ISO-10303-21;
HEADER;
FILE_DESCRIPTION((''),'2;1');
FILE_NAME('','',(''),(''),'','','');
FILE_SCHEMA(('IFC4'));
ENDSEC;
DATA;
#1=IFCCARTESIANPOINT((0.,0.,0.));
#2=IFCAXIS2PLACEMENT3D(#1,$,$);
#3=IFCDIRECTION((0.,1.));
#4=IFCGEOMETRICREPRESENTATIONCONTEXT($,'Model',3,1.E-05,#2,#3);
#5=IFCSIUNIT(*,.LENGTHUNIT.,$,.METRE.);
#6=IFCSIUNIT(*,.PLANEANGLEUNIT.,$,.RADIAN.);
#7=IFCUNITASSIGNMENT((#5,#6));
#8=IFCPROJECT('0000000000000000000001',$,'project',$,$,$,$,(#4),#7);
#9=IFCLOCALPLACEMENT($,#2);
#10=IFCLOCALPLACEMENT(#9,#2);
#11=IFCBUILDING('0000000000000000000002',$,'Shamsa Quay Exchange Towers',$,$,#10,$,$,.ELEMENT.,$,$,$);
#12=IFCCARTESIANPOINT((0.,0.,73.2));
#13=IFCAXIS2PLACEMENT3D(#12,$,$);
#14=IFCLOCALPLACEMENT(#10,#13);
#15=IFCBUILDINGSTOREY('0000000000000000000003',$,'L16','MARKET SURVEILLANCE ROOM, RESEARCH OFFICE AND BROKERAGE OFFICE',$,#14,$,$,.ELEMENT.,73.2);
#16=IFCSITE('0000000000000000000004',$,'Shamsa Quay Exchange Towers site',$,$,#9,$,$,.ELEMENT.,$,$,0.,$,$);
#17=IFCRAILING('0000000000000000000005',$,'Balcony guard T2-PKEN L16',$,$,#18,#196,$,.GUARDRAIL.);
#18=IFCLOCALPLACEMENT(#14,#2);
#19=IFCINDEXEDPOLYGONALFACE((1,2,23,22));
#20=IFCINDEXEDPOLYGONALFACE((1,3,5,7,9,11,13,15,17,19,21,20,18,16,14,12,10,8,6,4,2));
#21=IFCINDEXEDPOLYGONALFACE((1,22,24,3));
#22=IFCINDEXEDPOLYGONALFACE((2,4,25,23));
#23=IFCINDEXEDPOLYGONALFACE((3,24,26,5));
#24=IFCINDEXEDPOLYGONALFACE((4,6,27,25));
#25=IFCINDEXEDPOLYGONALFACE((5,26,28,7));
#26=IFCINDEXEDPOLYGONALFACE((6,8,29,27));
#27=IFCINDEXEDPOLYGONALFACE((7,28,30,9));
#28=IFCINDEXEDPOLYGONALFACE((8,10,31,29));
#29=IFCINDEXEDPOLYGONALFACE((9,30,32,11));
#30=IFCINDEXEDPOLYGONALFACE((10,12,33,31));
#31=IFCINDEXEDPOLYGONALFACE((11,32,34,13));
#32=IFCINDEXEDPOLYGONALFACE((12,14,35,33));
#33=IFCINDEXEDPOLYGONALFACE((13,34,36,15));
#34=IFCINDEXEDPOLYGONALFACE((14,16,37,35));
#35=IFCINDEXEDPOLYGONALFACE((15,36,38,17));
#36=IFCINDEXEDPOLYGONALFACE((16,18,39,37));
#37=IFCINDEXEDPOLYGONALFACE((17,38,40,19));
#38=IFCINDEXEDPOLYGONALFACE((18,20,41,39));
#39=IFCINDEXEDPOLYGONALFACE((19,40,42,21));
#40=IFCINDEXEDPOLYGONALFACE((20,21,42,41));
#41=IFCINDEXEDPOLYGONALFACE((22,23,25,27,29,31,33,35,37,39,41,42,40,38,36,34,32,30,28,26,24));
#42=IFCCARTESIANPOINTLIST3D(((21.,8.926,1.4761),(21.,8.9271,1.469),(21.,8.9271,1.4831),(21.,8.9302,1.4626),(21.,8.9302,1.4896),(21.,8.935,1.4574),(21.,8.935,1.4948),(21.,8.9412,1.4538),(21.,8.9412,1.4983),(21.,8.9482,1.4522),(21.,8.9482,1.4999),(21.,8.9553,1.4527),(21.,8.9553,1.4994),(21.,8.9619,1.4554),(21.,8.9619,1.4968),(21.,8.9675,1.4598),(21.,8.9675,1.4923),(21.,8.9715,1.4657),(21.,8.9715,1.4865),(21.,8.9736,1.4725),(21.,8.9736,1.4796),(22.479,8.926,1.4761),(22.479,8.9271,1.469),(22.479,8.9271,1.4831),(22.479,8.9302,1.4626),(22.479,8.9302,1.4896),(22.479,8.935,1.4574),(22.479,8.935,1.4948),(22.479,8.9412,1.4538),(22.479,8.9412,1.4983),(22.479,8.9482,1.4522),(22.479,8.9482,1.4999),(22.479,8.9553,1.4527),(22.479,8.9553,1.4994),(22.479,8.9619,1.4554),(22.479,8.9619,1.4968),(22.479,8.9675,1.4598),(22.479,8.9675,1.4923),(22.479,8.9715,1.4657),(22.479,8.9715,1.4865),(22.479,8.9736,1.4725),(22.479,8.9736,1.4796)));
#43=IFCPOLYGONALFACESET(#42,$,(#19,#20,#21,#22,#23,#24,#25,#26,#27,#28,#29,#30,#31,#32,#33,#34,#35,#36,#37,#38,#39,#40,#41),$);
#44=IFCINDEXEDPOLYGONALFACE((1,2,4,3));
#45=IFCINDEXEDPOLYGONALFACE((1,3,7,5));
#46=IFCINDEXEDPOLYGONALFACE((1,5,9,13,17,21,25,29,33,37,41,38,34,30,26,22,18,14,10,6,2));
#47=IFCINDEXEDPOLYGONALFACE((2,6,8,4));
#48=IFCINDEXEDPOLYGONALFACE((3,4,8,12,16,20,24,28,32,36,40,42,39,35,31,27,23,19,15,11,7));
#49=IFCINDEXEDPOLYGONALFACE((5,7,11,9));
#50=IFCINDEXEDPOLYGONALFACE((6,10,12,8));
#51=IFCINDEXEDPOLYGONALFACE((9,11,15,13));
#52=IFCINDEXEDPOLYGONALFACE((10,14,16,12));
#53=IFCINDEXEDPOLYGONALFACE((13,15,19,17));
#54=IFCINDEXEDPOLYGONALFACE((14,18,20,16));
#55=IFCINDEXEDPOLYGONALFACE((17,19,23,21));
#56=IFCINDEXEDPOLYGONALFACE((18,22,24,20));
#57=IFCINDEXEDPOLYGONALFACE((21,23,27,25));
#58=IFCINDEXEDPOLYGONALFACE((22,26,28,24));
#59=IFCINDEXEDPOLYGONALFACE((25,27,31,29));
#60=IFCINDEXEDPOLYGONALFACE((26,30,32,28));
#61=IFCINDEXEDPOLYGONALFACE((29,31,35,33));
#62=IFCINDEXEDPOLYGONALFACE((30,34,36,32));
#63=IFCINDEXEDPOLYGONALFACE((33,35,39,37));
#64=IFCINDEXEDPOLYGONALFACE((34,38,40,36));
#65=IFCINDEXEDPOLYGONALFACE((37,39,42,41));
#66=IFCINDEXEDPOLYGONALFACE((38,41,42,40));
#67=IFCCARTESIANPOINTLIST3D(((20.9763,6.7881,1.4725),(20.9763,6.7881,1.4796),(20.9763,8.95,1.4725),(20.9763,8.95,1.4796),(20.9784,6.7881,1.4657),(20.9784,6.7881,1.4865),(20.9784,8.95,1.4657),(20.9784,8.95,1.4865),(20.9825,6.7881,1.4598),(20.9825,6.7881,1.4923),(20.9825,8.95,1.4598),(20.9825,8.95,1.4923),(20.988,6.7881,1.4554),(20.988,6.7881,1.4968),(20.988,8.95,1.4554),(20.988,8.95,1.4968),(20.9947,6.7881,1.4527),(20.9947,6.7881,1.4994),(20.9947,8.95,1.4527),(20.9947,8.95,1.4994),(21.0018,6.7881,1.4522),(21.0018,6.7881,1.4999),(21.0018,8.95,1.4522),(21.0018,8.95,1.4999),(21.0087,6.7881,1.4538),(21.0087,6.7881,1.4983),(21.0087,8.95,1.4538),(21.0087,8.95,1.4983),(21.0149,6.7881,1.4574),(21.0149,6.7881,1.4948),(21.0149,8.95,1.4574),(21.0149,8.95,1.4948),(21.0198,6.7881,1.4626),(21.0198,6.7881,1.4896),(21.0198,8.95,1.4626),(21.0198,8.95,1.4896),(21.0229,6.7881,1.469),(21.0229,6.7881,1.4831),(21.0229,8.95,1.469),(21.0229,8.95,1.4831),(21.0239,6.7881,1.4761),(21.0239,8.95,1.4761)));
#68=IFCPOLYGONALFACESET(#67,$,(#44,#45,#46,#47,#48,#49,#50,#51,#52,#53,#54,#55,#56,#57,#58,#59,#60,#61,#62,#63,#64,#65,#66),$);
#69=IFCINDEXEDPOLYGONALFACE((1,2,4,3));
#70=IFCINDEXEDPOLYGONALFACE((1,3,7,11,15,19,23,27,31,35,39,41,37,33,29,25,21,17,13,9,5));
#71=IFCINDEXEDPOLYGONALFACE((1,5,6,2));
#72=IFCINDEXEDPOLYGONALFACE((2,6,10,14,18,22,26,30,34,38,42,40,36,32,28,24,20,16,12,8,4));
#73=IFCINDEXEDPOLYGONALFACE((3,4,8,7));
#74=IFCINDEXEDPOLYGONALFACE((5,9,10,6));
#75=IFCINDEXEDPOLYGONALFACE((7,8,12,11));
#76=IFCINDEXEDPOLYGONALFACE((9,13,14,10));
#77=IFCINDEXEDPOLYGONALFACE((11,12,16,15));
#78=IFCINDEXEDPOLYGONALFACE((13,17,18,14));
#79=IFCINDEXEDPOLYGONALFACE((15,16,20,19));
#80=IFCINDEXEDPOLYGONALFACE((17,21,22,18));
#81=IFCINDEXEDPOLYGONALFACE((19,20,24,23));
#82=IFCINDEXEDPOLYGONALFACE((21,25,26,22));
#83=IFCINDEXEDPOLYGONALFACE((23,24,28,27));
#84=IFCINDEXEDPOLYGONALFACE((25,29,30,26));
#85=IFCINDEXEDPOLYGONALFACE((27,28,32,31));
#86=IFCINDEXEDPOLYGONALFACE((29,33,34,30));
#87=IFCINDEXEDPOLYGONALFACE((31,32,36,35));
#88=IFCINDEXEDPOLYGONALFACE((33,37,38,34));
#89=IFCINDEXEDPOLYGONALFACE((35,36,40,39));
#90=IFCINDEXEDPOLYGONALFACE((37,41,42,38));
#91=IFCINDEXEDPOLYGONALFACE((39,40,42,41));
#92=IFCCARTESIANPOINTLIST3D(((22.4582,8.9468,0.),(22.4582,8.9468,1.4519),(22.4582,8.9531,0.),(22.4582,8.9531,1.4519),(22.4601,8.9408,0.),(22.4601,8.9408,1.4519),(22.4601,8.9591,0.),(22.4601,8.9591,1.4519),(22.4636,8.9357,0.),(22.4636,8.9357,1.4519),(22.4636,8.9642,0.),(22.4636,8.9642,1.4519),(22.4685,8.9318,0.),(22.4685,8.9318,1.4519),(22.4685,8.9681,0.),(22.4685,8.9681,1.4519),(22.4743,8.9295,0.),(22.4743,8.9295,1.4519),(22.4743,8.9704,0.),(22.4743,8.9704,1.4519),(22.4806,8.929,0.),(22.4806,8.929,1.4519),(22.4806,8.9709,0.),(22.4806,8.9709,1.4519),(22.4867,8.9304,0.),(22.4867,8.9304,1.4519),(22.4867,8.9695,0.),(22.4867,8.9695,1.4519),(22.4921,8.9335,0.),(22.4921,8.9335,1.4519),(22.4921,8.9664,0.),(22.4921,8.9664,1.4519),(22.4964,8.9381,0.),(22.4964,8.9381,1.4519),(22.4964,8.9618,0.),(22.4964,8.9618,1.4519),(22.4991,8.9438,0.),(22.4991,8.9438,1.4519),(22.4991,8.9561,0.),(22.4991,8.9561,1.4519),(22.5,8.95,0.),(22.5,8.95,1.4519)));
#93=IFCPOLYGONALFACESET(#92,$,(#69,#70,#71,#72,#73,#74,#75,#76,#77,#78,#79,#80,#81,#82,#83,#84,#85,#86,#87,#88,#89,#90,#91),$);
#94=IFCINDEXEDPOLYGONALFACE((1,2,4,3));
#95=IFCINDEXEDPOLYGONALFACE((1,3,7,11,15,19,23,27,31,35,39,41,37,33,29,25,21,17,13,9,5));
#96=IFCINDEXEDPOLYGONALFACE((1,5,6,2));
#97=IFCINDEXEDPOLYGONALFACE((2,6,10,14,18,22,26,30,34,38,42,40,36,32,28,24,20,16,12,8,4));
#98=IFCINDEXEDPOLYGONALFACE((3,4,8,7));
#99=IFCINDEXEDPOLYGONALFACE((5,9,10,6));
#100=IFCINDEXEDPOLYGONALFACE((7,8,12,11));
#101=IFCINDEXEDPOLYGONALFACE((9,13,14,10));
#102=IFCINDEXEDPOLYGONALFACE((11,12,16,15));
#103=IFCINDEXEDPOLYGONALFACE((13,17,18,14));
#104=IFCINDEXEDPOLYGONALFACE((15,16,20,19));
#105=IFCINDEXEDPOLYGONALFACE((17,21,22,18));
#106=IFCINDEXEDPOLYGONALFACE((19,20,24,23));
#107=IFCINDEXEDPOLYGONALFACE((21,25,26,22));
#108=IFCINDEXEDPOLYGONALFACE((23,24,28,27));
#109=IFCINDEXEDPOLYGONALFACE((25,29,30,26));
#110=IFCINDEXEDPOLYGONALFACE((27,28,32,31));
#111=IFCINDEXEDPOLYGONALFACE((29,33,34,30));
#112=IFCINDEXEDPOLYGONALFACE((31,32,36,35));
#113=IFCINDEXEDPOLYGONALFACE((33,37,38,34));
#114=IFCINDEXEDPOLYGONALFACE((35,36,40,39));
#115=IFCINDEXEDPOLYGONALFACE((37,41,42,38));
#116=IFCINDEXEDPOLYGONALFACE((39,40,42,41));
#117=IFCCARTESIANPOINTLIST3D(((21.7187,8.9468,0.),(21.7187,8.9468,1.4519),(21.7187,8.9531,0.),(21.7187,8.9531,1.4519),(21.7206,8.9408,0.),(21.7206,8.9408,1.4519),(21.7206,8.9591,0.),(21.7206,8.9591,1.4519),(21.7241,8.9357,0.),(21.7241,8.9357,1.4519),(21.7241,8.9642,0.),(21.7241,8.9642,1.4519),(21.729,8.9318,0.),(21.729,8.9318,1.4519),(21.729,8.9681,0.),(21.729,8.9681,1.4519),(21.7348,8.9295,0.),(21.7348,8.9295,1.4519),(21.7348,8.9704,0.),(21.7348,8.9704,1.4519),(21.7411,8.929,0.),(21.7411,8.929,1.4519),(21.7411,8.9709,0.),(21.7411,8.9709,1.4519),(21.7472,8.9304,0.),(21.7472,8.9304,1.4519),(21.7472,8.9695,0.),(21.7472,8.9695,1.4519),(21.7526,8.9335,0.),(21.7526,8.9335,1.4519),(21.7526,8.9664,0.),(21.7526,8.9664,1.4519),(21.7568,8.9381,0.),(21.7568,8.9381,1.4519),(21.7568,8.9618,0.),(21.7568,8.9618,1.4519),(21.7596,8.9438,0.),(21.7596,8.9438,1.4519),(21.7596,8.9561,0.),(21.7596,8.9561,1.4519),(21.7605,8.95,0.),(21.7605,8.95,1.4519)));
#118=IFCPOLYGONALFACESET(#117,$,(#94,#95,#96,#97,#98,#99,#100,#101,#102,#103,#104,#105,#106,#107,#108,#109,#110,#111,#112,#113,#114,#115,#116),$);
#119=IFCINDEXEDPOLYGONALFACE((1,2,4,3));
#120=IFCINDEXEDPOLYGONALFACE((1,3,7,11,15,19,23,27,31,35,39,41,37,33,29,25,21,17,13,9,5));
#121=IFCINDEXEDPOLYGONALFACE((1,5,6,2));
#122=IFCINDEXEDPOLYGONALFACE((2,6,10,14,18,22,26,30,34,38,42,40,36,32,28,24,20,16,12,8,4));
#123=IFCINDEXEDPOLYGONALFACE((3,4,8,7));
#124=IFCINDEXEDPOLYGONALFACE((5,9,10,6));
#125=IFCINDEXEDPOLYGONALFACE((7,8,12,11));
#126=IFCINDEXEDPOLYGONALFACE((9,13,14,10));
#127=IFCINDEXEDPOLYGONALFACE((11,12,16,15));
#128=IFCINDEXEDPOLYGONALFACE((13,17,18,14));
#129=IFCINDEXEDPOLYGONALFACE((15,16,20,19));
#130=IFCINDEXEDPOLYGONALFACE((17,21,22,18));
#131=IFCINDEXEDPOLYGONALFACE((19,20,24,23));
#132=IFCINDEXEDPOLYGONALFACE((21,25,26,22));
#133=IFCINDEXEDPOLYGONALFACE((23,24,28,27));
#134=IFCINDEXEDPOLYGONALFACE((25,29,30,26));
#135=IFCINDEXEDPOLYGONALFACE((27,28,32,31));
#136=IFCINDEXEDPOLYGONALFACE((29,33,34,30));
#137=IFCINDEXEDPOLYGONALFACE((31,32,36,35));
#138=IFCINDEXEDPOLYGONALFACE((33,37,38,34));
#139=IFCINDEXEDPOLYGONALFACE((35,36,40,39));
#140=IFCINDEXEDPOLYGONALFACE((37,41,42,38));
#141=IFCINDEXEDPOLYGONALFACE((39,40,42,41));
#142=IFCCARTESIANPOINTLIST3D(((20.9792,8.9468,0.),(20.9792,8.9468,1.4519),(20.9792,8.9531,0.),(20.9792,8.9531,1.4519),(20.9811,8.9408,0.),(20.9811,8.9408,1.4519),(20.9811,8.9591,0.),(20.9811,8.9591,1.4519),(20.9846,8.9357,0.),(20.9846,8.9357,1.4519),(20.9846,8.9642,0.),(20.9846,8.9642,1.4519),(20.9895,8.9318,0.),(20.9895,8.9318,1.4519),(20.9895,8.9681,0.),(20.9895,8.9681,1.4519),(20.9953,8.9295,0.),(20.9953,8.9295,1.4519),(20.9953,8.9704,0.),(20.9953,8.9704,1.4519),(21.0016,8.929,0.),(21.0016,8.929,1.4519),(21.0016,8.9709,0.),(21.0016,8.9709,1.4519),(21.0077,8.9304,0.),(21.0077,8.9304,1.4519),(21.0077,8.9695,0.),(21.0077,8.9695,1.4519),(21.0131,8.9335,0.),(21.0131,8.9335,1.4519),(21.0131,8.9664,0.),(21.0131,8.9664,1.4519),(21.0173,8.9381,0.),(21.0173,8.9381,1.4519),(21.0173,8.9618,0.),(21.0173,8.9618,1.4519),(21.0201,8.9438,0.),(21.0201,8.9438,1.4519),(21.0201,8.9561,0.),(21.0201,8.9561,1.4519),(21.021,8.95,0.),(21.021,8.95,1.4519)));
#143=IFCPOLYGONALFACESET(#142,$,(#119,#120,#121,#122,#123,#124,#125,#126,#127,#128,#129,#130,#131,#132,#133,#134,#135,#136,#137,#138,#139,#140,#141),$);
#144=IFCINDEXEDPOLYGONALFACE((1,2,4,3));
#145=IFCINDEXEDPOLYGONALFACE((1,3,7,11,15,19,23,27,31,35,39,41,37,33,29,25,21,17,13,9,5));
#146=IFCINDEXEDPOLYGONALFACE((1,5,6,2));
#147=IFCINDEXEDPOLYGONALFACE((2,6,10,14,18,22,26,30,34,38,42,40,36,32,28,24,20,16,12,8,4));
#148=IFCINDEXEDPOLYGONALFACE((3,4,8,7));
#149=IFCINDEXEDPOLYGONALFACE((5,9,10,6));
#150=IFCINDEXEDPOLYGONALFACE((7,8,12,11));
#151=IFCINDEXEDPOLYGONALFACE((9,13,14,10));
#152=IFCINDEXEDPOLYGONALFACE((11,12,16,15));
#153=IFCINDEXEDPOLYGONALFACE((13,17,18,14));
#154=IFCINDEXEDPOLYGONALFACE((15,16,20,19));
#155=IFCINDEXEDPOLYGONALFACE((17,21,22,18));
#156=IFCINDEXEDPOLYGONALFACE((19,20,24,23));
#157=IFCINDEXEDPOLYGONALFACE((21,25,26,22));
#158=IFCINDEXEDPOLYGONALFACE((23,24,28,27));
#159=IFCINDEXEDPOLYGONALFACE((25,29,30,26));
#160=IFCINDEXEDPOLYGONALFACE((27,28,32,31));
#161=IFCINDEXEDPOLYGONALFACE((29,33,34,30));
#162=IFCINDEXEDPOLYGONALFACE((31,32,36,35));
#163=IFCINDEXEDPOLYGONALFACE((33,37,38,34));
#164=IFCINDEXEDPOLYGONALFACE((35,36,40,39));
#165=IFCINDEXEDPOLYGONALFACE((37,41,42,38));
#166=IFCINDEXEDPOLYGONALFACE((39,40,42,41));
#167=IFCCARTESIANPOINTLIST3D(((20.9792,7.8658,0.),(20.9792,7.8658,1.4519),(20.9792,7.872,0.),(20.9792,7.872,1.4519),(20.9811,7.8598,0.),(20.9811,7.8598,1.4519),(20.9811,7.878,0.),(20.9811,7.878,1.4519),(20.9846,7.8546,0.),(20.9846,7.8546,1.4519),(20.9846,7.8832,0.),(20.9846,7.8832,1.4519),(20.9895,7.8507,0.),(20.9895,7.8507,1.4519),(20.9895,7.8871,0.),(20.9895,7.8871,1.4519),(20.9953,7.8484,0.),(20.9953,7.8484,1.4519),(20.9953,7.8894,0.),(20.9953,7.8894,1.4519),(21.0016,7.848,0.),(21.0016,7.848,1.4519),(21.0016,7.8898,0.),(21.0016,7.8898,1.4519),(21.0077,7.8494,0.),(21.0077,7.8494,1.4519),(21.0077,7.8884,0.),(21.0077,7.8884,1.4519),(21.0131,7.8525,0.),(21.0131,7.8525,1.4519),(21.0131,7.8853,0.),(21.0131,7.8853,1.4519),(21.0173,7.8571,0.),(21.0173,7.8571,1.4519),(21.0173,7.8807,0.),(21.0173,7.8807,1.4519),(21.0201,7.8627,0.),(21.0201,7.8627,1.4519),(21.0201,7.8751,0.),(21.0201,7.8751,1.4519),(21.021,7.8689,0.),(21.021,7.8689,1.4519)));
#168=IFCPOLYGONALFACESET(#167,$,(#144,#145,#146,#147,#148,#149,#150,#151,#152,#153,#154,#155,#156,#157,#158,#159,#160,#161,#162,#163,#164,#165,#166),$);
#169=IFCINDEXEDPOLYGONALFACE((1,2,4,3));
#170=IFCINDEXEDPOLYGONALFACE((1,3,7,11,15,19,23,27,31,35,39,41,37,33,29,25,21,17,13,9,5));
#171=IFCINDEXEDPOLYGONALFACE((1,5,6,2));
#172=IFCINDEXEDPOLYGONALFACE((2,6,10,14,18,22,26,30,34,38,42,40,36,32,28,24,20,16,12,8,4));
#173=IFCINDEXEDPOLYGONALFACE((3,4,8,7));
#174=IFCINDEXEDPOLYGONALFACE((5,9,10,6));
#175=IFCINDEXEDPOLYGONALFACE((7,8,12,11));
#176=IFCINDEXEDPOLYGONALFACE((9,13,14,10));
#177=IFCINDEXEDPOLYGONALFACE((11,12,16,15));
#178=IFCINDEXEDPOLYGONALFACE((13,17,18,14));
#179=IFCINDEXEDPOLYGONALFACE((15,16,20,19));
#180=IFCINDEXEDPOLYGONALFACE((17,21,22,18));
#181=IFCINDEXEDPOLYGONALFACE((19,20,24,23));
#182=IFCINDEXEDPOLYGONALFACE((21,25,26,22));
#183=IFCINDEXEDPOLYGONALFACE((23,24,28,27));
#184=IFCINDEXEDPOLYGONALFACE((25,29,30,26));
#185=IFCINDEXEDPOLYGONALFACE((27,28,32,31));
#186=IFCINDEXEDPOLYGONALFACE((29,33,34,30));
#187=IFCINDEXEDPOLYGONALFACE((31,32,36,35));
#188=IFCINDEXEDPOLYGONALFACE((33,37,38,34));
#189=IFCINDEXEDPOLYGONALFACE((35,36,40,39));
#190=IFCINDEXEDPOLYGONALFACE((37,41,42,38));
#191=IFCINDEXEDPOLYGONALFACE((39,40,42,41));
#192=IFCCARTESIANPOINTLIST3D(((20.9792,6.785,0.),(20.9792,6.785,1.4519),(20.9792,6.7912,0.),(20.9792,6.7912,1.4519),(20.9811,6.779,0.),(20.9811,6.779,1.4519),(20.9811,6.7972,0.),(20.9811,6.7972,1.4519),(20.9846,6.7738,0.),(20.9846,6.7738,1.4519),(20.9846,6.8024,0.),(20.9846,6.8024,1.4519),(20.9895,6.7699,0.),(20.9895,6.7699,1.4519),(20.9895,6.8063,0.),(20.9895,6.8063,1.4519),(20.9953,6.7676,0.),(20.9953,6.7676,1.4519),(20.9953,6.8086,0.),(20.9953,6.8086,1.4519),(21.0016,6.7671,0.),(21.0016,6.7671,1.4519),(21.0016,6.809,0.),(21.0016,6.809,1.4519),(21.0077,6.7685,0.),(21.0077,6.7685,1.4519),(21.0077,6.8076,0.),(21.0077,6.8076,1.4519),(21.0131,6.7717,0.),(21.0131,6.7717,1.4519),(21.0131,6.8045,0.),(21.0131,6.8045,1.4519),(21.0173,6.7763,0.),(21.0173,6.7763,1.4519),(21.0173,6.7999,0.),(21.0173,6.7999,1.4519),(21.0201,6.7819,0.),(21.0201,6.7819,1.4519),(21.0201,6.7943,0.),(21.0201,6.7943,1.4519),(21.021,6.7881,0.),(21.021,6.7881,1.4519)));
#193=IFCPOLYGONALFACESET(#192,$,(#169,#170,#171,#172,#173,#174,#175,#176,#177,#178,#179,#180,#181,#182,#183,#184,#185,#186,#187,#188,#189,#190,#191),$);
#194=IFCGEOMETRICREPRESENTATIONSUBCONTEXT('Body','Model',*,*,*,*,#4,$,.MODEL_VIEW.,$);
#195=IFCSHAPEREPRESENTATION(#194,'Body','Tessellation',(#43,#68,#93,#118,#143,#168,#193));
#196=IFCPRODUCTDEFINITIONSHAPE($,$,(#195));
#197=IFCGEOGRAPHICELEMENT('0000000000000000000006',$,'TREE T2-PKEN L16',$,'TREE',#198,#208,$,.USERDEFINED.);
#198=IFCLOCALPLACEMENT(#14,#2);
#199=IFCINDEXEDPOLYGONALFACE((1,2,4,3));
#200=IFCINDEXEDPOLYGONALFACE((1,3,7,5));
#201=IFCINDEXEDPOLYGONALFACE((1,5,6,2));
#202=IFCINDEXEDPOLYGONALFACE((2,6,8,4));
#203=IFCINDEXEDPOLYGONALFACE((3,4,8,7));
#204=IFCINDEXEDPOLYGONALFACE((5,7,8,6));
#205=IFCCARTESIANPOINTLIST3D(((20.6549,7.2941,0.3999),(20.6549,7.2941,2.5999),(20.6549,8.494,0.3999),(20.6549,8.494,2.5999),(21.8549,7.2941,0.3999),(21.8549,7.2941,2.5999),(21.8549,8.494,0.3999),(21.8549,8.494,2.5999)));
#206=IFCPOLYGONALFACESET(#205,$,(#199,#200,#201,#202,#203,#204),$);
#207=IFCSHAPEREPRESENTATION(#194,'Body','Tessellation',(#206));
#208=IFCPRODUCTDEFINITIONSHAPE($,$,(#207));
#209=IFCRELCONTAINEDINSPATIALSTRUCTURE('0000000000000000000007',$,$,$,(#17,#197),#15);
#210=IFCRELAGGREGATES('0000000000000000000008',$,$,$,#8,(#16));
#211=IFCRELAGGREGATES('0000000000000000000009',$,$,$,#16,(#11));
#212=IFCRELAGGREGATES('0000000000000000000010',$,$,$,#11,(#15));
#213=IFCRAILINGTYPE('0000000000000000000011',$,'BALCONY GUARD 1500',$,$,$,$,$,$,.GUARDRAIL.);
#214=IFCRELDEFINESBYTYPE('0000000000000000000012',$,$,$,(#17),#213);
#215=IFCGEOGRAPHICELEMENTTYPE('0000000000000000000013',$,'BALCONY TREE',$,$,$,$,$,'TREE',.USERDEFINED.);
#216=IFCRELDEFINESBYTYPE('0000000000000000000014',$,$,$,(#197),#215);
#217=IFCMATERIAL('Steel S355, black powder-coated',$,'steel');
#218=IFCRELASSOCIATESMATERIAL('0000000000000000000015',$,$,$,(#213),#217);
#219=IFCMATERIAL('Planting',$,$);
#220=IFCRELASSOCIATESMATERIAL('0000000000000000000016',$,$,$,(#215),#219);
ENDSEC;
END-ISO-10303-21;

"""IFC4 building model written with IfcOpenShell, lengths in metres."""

from ifc_helpers import new_model, si_unit, direction, frame, origin, origin_2d, place, context, subcontext, project, spatial, rectangle, circle, extrude, material, type_object, element, save


model = new_model("IFC4")

# Units and contexts
model_context = context("Model", 3, precision=1e-05, world=origin(), true_north=direction((0.0, 1.0)))
body_context = subcontext(model_context, "Body", "Model", "MODEL_VIEW")
ifc_project = project(units=[si_unit("LENGTHUNIT", "METRE"), si_unit("PLANEANGLEUNIT", "RADIAN")], contexts=[model_context])

# Site, building, storey
site_placement = place(None, origin())
site = spatial("IfcSite", under=ifc_project, at=site_placement, Name="Shamsa Quay Exchange Towers site", CompositionType="ELEMENT", RefElevation=0.0)
building_placement = place(site_placement, origin())
building = spatial("IfcBuilding", under=site, at=building_placement, Name="Shamsa Quay Exchange Towers", CompositionType="ELEMENT")
storey_placement = place(building_placement, frame((0.0, 0.0, 73.2)))
storey = spatial("IfcBuildingStorey", under=building, at=storey_placement, Name="L16", Description="MARKET SURVEILLANCE ROOM, RESEARCH OFFICE AND BROKERAGE OFFICE", CompositionType="ELEMENT", Elevation=73.2)

# Railing
ifc_material_1 = material(Name="Steel S355, black powder-coated", Category="steel")
railing_type = type_object("IfcRailingType", Name="BALCONY GUARD 1500", PredefinedType="GUARDRAIL", material=ifc_material_1)
railing_placement = place(storey_placement, frame((22.479, 8.95, 0.0)))
element("IfcRailing", 1, at=railing_placement, inside=storey, type_object=railing_type, Name="Balcony guard T2-PKEN L16", PredefinedType="GUARDRAIL", context=body_context, shape_type="SweptSolid", body=[
    extrude(circle(Radius=0.0239, at=origin_2d()), frame((0.0, 0.0, 1.4761), z_axis=(-1.0, 0.0, 0.0), x_axis=(0.0, -1.0, 0.0)), (0.0, 0.0, 1.0), 1.479),
    extrude(circle(Radius=0.0239, at=origin_2d()), frame((-1.479, 0.0, 1.4761), z_axis=(0.0, -1.0, 0.0), x_axis=(1.0, 0.0, 0.0)), (0.0, 0.0, 1.0), 2.1619),
    extrude(circle(Radius=0.021, at=origin_2d()), origin(), (0.0, 0.0, 1.0), 1.4519),
    extrude(circle(Radius=0.021, at=origin_2d()), frame((-0.7395, 0.0, 0.0)), (0.0, 0.0, 1.0), 1.4519),
    extrude(circle(Radius=0.021, at=origin_2d()), frame((-1.479, 0.0, 0.0)), (0.0, 0.0, 1.0), 1.4519),
    extrude(circle(Radius=0.021, at=origin_2d()), frame((-1.479, -1.0811, 0.0)), (0.0, 0.0, 1.0), 1.4519),
    extrude(circle(Radius=0.021, at=origin_2d()), frame((-1.479, -2.1619, 0.0)), (0.0, 0.0, 1.0), 1.4519),
])

# Geographic element
ifc_material_2 = material(Name="Planting")
geographic_element_type = type_object("IfcGeographicElementType", Name="BALCONY TREE", ElementType="TREE", PredefinedType="USERDEFINED", material=ifc_material_2)
geographic_element_placement = place(storey_placement, frame((21.2549, 7.894, 0.3999), z_axis=(0.0, 0.0, 1.0), x_axis=(0.0, -1.0, 0.0)))
element("IfcGeographicElement", 2, at=geographic_element_placement, inside=storey, type_object=geographic_element_type, Name="TREE T2-PKEN L16", ObjectType="TREE", PredefinedType="USERDEFINED", context=body_context, shape_type="SweptSolid", body=[
    extrude(rectangle(XDim=1.2, YDim=1.2, at=origin_2d()), origin(), (0.0, 0.0, 1.0), 2.2),
])

save(model, "model.ifc")
